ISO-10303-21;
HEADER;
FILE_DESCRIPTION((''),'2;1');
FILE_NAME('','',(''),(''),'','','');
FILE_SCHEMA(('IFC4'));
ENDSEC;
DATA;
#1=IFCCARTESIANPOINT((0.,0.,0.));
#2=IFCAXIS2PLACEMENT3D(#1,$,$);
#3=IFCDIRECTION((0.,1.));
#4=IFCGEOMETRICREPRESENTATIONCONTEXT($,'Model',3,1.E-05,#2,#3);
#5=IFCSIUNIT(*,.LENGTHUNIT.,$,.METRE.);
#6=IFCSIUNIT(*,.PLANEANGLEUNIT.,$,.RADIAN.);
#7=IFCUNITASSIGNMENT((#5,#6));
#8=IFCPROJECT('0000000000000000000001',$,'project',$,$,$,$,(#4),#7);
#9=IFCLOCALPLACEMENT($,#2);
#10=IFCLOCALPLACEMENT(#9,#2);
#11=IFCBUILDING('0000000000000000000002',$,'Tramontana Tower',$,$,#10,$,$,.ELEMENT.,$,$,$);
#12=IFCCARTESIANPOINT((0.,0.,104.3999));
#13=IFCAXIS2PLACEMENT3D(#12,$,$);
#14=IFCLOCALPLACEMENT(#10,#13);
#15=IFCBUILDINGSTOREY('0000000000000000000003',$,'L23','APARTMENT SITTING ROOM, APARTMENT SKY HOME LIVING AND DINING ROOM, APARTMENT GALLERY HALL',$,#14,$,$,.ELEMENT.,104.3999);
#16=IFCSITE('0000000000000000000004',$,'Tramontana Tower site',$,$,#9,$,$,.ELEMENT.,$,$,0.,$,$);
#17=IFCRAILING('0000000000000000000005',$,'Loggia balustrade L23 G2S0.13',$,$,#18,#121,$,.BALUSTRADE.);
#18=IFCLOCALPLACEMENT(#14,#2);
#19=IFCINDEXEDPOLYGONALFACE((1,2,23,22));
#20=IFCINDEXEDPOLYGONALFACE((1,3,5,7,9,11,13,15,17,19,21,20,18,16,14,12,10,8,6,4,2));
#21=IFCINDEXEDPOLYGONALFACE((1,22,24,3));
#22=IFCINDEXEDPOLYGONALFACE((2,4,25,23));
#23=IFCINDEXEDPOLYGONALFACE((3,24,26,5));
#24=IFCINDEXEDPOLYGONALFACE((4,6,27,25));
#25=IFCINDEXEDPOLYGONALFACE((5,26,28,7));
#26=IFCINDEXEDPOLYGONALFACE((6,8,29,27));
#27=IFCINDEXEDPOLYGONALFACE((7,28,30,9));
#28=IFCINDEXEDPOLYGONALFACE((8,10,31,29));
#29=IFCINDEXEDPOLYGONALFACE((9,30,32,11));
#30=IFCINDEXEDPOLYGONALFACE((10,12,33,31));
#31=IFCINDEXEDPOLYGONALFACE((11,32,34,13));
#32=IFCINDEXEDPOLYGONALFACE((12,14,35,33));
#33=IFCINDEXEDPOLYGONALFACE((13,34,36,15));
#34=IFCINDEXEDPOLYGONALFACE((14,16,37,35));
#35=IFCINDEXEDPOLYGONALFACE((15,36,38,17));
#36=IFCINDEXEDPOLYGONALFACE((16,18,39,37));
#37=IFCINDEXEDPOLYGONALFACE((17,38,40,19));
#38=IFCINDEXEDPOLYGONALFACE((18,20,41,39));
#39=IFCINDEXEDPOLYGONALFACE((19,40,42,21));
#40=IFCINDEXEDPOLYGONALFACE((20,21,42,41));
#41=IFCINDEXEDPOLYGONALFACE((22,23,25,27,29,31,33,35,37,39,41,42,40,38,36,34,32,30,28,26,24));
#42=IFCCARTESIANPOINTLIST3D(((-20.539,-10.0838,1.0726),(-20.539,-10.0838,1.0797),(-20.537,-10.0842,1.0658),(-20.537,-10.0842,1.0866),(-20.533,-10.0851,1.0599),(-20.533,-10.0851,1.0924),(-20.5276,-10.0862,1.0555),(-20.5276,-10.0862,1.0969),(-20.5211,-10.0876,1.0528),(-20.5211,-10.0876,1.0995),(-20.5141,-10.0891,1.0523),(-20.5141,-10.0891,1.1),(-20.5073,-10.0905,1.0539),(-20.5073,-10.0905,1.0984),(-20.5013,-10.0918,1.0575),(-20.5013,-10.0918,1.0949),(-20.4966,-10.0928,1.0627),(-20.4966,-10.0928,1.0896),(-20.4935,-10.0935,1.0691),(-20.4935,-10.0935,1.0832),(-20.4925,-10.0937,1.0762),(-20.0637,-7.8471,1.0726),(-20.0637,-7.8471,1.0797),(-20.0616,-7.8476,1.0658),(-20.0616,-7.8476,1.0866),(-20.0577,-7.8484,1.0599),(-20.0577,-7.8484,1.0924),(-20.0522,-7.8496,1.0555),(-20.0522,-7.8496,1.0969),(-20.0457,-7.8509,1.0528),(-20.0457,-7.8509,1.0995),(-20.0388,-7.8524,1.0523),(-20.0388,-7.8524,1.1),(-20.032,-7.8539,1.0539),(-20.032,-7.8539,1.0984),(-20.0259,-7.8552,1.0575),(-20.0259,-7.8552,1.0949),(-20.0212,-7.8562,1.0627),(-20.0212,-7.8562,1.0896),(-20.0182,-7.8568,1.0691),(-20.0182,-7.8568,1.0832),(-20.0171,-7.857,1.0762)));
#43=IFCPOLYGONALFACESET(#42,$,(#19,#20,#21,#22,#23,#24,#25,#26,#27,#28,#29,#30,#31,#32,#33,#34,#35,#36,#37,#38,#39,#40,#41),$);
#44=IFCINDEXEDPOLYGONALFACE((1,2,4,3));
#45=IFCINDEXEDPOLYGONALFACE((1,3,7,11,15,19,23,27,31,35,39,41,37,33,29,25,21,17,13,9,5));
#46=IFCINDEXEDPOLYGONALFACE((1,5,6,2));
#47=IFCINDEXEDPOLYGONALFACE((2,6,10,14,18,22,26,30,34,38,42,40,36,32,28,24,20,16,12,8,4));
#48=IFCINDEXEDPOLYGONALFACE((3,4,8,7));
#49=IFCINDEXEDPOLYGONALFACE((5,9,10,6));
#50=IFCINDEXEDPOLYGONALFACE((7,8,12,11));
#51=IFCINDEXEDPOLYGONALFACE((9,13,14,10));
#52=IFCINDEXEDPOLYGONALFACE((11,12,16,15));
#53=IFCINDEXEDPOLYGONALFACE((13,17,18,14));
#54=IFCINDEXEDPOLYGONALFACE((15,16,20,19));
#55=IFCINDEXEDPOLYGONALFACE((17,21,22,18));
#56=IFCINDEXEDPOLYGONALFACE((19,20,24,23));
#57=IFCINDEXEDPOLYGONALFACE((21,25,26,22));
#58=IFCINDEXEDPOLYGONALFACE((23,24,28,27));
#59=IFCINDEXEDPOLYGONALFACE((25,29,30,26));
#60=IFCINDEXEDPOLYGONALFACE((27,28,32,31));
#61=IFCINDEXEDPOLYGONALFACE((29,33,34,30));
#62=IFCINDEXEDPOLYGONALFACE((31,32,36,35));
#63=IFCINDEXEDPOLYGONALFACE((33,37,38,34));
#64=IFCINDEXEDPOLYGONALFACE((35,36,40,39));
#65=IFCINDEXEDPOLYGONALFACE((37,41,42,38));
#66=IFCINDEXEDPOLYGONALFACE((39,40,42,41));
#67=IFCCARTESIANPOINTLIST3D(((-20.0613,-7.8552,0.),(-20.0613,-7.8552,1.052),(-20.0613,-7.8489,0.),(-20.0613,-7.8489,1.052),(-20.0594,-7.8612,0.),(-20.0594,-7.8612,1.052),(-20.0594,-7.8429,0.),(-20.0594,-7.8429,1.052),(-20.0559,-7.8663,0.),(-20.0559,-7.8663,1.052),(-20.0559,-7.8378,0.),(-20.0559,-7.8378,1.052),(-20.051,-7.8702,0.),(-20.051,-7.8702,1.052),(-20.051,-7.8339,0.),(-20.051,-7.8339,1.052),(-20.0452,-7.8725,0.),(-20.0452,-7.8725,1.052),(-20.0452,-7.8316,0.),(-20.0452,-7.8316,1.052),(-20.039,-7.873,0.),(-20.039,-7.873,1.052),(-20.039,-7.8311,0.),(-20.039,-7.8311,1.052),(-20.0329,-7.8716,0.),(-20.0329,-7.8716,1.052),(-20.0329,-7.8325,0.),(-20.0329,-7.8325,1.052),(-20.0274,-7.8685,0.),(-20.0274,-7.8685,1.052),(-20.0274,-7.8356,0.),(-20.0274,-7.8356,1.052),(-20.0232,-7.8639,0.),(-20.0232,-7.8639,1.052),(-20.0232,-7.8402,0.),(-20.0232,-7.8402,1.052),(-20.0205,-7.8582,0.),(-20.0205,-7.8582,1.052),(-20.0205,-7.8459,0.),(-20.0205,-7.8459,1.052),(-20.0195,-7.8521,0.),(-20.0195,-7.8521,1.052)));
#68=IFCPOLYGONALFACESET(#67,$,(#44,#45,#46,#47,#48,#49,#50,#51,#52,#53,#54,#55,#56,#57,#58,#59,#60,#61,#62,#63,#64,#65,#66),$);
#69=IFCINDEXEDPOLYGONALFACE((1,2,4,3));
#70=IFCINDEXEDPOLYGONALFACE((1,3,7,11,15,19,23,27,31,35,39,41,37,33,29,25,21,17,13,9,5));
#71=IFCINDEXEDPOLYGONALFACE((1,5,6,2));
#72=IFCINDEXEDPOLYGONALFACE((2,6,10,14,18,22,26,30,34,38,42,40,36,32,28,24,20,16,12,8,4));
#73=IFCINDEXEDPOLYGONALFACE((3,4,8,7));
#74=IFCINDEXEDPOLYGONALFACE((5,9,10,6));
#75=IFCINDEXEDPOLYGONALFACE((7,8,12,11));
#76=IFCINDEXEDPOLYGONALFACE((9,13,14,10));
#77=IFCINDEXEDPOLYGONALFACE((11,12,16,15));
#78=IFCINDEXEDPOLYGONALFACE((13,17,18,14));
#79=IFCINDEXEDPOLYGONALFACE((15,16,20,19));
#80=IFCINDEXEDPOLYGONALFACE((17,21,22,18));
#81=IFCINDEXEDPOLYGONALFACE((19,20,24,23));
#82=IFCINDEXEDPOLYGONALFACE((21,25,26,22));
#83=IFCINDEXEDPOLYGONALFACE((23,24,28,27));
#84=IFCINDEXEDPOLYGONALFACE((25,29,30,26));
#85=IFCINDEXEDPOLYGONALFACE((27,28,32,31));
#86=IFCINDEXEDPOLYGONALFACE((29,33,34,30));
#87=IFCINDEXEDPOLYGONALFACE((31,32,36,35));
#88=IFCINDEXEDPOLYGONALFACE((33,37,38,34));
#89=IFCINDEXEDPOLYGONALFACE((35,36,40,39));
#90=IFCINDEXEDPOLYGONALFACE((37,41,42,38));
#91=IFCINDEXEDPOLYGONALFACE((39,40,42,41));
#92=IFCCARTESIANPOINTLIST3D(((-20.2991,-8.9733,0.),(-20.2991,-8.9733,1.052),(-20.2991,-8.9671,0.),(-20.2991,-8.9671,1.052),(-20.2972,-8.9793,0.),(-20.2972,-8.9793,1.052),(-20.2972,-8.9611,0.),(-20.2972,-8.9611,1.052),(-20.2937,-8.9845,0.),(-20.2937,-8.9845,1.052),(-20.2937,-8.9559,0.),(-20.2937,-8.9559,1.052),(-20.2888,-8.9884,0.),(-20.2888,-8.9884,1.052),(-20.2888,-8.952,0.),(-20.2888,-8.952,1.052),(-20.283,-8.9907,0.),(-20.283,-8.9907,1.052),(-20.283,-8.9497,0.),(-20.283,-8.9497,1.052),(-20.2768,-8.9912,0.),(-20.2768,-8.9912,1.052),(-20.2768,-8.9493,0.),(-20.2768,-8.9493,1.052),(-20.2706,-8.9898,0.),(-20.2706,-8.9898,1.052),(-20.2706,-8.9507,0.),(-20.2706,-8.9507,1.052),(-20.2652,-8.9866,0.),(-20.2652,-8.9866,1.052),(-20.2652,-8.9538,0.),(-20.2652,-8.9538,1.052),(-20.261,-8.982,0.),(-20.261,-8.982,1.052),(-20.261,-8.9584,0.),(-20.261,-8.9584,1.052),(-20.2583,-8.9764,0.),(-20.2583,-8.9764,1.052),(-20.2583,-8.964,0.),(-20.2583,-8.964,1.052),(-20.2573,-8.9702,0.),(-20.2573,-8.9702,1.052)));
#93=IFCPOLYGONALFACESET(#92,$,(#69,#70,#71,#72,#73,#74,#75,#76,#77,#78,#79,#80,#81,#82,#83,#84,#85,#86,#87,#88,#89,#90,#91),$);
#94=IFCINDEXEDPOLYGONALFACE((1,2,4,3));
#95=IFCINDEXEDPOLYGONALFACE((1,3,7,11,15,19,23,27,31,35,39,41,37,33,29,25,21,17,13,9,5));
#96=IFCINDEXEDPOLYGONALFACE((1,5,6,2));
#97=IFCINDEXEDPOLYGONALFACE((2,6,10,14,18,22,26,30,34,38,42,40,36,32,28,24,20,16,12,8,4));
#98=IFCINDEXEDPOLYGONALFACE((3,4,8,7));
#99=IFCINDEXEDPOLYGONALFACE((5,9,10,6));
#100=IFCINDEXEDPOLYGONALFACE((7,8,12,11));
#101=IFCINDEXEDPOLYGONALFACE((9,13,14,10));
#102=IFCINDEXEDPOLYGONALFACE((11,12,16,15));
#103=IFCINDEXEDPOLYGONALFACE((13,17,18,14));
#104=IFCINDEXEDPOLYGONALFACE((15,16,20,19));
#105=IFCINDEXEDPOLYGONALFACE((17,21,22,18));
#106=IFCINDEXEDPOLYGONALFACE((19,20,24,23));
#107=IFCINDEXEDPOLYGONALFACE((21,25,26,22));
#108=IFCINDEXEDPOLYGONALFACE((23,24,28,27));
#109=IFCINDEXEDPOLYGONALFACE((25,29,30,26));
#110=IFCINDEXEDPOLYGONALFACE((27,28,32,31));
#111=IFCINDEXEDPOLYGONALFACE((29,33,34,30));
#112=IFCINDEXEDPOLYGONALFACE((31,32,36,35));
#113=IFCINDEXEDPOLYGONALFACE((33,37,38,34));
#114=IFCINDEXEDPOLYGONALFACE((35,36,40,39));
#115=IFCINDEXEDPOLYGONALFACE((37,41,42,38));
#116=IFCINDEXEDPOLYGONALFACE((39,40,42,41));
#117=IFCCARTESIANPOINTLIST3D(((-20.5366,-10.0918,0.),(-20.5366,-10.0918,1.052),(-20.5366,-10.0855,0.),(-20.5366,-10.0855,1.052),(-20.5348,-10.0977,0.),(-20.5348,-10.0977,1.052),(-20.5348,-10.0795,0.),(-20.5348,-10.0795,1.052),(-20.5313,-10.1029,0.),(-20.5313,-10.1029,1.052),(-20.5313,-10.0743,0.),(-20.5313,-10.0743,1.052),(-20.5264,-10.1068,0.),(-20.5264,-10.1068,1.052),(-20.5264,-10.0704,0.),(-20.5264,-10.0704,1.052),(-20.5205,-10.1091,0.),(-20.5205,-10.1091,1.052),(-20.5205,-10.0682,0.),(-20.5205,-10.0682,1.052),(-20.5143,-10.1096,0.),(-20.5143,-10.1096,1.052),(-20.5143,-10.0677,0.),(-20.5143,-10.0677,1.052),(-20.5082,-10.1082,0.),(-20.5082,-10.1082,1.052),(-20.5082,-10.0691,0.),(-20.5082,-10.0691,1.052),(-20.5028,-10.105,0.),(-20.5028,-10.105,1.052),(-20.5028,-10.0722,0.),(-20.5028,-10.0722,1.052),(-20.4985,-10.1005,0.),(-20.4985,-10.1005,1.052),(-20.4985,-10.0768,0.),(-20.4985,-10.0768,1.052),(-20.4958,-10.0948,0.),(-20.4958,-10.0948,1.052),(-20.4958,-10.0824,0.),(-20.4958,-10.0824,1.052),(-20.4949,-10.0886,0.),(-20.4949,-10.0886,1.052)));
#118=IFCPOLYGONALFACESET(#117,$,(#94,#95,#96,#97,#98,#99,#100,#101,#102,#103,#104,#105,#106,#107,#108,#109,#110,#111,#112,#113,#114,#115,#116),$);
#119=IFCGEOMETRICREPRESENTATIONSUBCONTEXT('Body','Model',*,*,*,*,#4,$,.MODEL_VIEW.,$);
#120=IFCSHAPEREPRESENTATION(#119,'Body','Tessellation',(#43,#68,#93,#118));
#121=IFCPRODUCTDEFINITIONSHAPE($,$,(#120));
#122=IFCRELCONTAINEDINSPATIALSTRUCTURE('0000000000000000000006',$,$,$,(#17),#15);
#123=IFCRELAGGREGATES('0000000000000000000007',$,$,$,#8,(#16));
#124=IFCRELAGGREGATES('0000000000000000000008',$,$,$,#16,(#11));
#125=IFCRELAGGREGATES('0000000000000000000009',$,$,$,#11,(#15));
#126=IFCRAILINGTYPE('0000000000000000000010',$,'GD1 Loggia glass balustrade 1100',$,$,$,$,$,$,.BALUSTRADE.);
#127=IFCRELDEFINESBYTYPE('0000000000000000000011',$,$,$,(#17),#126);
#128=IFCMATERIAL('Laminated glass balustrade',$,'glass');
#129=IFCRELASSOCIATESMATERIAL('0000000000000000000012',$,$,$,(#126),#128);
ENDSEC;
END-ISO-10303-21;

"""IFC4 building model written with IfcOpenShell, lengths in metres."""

from ifc_helpers import new_model, si_unit, direction, frame, origin, origin_2d, place, context, subcontext, project, spatial, circle, extrude, material, type_object, element, save


model = new_model("IFC4")

# Units and contexts
model_context = context("Model", 3, precision=1e-05, world=origin(), true_north=direction((0.0, 1.0)))
body_context = subcontext(model_context, "Body", "Model", "MODEL_VIEW")
ifc_project = project(units=[si_unit("LENGTHUNIT", "METRE"), si_unit("PLANEANGLEUNIT", "RADIAN")], contexts=[model_context])

# Site, building, storey
site_placement = place(None, origin())
site = spatial("IfcSite", under=ifc_project, at=site_placement, Name="Tramontana Tower site", CompositionType="ELEMENT", RefElevation=0.0)
building_placement = place(site_placement, origin())
building = spatial("IfcBuilding", under=site, at=building_placement, Name="Tramontana Tower", CompositionType="ELEMENT")
storey_placement = place(building_placement, frame((0.0, 0.0, 104.3999)))
storey = spatial("IfcBuildingStorey", under=building, at=storey_placement, Name="L23", Description="APARTMENT SITTING ROOM, APARTMENT SKY HOME LIVING AND DINING ROOM, APARTMENT GALLERY HALL", CompositionType="ELEMENT", Elevation=104.3999)

# Railing
ifc_material_1 = material(Name="Laminated glass balustrade", Category="glass")
railing_type = type_object("IfcRailingType", Name="GD1 Loggia glass balustrade 1100", PredefinedType="BALUSTRADE", material=ifc_material_1)
railing_placement = place(storey_placement, frame((-20.0405, -7.8521, 0.0)))
element("IfcRailing", 1, at=railing_placement, inside=storey, type_object=railing_type, Name="Loggia balustrade L23 G2S0.13", PredefinedType="BALUSTRADE", context=body_context, shape_type="SweptSolid", body=[
    extrude(circle(Radius=0.0239, at=origin_2d()), frame((0.0, 0.0, 1.0762), z_axis=(-0.207888, -0.978153, 0.0), x_axis=(0.978153, -0.207888, 0.0)), (0.0, 0.0, 1.0), 2.2866),
    extrude(circle(Radius=0.021, at=origin_2d()), origin(), (0.0, 0.0, 1.0), 1.052),
    extrude(circle(Radius=0.021, at=origin_2d()), frame((-0.2378, -1.1182, 0.0)), (0.0, 0.0, 1.0), 1.052),
    extrude(circle(Radius=0.021, at=origin_2d()), frame((-0.4753, -2.2366, 0.0)), (0.0, 0.0, 1.0), 1.052),
])

save(model, "model.ifc")
